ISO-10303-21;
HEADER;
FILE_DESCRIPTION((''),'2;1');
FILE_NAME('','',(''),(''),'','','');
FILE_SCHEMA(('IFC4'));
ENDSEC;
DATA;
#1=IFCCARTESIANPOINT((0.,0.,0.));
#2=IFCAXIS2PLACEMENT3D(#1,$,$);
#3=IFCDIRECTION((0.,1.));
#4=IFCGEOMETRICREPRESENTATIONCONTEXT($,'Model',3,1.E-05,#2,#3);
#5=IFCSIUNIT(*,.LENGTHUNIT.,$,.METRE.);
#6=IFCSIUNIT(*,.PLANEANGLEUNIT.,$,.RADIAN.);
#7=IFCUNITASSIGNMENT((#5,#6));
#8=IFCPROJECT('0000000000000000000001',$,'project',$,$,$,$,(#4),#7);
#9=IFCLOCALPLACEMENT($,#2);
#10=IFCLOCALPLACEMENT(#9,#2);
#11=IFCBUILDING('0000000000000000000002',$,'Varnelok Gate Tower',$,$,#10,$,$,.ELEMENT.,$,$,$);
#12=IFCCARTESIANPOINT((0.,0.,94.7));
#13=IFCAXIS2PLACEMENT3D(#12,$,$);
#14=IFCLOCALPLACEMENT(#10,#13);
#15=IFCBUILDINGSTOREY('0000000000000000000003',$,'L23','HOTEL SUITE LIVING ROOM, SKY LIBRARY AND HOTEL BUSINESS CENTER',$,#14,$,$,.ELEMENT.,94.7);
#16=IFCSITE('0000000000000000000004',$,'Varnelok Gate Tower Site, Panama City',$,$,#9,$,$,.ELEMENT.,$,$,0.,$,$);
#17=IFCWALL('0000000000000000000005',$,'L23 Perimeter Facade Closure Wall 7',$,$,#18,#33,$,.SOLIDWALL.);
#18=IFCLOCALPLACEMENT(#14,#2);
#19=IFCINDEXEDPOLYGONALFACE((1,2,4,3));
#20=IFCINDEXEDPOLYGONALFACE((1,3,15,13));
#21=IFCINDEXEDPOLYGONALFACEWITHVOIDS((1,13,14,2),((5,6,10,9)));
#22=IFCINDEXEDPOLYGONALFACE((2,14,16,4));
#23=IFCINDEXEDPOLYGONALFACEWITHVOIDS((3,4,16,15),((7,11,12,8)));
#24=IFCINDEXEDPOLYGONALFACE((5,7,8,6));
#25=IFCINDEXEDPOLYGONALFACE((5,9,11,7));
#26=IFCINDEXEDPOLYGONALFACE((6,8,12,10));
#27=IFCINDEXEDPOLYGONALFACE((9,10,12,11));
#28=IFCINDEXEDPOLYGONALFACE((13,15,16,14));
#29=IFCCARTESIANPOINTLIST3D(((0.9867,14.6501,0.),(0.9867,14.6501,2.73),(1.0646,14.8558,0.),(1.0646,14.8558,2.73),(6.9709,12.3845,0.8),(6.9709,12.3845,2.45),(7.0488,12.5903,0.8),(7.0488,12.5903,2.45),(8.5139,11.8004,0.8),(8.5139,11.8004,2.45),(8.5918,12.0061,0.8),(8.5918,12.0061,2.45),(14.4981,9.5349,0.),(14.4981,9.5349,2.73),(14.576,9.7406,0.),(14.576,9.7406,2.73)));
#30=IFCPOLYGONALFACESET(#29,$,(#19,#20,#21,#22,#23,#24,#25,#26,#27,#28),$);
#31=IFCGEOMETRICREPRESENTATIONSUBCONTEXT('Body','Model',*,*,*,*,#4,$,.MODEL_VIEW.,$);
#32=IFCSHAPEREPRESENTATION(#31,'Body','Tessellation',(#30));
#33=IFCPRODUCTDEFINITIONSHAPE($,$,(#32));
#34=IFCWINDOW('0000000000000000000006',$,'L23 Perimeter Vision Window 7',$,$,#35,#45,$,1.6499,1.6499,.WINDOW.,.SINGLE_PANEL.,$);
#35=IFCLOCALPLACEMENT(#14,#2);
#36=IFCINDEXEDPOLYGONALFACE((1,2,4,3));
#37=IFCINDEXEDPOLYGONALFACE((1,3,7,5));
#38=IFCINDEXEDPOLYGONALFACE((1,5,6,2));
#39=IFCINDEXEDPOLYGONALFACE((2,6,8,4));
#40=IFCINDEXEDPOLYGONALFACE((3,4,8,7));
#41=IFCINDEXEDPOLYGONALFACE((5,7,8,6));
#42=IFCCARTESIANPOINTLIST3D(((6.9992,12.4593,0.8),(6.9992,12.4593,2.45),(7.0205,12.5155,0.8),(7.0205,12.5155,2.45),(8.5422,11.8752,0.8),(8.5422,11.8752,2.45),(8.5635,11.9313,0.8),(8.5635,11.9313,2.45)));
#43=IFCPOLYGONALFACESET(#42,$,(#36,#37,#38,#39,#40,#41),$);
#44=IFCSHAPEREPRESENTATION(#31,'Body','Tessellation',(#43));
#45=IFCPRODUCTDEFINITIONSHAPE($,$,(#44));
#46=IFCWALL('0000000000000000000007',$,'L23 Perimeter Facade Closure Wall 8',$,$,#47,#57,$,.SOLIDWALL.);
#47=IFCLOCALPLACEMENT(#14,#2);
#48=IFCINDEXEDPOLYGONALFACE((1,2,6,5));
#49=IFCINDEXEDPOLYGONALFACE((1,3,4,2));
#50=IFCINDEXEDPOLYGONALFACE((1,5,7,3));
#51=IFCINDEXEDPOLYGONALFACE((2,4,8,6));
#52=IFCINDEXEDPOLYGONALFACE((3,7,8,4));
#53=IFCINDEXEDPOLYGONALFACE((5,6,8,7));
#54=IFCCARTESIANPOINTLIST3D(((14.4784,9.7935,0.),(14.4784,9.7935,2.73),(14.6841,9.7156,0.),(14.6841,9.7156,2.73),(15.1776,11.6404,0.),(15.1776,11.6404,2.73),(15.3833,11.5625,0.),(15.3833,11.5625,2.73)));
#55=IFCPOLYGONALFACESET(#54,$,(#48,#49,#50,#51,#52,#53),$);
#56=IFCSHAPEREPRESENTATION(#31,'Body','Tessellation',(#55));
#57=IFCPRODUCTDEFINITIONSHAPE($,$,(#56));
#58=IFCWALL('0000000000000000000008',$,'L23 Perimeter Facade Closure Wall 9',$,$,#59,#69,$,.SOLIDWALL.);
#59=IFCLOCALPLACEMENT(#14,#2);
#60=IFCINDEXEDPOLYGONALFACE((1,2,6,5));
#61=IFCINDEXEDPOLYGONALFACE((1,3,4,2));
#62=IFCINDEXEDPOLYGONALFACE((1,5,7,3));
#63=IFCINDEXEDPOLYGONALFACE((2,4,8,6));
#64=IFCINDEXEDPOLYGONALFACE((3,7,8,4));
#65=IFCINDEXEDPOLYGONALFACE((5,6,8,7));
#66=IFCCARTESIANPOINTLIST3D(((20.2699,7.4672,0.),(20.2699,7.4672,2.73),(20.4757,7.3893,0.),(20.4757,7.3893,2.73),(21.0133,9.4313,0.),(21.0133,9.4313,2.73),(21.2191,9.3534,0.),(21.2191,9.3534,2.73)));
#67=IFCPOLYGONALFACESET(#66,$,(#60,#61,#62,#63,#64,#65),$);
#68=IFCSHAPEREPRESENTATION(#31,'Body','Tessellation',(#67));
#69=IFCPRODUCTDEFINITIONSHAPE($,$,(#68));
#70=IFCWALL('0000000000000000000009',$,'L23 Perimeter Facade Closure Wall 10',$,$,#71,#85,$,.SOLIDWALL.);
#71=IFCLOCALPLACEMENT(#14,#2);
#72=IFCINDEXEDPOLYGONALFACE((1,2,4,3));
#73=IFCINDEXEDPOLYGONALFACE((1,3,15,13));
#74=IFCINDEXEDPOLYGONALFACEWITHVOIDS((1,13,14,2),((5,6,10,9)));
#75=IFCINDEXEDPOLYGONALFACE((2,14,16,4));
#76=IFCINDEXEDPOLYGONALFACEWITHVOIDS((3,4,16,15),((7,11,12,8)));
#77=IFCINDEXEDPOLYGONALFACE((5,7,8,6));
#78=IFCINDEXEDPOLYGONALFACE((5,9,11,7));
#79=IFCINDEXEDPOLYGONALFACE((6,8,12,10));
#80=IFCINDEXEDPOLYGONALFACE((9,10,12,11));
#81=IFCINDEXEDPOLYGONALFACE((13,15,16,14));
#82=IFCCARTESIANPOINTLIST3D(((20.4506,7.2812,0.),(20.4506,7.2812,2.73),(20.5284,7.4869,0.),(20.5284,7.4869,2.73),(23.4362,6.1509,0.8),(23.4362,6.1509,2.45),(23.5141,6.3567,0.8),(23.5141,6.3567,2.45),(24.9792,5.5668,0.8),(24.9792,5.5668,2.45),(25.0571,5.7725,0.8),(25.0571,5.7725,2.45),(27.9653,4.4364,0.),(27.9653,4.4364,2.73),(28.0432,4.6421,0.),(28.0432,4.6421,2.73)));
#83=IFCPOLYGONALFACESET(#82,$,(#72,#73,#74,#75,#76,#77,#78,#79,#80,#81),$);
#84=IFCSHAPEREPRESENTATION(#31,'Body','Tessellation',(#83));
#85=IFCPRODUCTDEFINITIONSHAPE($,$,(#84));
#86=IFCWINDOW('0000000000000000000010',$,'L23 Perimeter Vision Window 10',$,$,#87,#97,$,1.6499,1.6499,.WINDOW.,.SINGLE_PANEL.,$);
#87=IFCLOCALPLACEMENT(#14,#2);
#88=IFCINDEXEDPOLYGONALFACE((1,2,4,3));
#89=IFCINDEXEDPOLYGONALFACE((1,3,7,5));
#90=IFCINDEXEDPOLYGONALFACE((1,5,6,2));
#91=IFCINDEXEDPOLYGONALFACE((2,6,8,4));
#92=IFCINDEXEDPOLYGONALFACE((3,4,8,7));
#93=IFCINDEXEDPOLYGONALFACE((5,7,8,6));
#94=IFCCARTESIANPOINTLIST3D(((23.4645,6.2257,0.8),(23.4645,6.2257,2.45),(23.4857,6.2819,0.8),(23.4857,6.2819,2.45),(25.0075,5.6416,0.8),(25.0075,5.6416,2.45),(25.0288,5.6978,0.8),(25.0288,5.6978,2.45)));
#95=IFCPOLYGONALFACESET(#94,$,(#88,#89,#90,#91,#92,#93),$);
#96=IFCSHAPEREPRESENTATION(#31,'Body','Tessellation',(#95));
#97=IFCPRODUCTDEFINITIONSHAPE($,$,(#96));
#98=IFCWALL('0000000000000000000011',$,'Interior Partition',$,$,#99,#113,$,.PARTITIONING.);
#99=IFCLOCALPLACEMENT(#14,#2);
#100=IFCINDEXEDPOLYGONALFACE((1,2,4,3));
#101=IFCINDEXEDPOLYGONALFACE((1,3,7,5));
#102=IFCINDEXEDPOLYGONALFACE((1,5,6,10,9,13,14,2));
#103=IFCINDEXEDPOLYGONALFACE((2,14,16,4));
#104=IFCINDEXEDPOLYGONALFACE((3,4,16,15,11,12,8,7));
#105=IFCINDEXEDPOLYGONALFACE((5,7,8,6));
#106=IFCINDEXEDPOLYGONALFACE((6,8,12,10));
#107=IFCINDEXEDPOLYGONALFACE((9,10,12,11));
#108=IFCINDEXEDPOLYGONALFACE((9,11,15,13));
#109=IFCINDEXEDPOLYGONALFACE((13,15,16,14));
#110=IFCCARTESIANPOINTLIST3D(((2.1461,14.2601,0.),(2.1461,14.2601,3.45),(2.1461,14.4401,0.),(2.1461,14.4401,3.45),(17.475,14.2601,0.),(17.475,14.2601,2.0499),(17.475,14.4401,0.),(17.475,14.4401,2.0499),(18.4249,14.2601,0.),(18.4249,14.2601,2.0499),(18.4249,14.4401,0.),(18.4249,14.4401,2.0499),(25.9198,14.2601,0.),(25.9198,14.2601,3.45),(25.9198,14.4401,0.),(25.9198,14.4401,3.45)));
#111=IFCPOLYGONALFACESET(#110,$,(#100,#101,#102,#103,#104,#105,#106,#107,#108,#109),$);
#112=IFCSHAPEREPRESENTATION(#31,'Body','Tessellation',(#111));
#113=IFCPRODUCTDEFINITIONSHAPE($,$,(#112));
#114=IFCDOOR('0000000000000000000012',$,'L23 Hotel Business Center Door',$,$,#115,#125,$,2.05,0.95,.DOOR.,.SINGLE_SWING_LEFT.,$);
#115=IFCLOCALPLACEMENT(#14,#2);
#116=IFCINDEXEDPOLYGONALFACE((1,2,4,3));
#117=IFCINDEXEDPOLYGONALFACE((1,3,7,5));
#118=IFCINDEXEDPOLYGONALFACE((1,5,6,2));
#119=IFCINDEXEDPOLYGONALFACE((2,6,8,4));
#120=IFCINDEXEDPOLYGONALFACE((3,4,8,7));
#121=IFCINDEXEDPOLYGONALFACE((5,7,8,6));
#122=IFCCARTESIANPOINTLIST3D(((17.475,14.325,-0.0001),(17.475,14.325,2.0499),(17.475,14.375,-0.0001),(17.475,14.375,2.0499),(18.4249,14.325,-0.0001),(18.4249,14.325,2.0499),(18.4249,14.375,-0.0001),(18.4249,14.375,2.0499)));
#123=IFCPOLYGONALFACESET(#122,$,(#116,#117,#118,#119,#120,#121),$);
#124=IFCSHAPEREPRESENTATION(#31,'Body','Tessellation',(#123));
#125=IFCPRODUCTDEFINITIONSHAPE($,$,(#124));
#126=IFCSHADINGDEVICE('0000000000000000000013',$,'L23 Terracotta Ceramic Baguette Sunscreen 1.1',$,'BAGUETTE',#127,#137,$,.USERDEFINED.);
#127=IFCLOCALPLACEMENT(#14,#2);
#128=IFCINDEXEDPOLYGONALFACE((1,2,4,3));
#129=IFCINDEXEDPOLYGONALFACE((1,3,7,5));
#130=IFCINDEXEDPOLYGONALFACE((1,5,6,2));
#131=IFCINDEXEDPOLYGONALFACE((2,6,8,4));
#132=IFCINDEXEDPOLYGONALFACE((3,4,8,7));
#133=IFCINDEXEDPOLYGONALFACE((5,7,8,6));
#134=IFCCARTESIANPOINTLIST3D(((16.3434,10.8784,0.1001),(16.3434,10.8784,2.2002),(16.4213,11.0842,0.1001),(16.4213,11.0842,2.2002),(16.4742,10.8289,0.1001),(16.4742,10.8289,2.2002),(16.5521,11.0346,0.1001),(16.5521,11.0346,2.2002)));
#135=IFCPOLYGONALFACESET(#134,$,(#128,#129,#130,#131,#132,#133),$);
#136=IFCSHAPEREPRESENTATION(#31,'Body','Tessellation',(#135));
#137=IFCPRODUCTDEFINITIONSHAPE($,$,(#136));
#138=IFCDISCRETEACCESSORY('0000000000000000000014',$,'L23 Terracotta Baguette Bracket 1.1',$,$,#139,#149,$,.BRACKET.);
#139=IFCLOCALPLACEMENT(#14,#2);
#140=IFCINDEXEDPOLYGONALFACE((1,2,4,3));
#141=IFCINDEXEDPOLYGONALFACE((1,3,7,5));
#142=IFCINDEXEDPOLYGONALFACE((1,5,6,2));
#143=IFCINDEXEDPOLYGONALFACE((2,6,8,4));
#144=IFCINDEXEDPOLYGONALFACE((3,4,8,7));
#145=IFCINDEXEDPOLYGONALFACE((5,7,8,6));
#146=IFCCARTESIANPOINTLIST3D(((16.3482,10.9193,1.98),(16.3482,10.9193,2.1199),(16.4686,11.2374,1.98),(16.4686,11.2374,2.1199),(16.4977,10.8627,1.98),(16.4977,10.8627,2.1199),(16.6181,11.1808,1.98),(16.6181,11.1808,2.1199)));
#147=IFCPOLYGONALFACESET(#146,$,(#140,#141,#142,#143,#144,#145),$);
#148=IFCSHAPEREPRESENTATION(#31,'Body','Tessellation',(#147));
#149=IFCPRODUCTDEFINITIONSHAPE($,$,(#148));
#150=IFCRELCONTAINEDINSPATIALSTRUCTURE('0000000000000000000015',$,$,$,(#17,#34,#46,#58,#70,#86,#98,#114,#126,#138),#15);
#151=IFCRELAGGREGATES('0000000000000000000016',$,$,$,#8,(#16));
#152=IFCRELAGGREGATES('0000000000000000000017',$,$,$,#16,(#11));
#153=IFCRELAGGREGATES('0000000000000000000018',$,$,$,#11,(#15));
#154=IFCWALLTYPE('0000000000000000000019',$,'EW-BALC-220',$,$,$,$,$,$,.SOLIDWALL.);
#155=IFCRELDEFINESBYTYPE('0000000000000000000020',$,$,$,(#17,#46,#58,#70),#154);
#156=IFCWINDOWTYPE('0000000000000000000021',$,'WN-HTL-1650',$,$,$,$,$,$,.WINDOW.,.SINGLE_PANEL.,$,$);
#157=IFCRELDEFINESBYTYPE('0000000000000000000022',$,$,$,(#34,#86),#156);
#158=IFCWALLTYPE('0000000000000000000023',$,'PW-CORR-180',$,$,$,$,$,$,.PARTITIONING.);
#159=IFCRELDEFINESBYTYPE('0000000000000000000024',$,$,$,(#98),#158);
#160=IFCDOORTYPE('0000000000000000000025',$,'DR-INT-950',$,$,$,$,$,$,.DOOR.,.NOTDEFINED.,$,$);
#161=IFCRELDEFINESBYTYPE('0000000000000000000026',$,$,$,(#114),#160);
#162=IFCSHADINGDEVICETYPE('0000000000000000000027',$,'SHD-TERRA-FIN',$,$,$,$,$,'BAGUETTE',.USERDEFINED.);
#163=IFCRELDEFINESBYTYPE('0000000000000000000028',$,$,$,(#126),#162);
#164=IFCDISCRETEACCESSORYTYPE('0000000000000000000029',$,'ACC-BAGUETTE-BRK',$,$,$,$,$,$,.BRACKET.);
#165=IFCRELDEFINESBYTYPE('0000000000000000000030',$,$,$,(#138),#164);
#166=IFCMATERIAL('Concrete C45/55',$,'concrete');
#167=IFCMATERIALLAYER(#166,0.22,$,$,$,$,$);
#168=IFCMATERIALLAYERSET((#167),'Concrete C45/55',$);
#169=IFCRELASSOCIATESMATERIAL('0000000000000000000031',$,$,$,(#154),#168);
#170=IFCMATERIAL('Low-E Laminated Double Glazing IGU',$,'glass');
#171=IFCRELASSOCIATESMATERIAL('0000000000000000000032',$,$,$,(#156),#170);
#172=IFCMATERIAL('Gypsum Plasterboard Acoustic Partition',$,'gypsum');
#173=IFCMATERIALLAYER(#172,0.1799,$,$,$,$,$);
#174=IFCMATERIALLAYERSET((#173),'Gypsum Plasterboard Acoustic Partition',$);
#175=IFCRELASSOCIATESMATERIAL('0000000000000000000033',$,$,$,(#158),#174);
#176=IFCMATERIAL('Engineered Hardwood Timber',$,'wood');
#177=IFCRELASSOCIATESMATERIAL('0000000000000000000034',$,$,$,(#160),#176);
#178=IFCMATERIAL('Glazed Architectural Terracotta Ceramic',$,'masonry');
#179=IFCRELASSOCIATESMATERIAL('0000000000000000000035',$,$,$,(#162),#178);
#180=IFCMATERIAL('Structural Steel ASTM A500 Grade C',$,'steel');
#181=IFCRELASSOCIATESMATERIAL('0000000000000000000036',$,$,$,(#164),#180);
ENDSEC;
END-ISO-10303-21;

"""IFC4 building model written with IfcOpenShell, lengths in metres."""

from ifc_helpers import new_model, si_unit, direction, frame, frame_2d, origin, origin_2d, place, context, subcontext, project, spatial, rectangle, extrude, source, transform, mapped, material, layer, layer_set, type_object, element, fill, save


model = new_model("IFC4")

# Units and contexts
model_context = context("Model", 3, precision=1e-05, world=origin(), true_north=direction((0.0, 1.0)))
body_context = subcontext(model_context, "Body", "Model", "MODEL_VIEW")
ifc_project = project(units=[si_unit("LENGTHUNIT", "METRE"), si_unit("PLANEANGLEUNIT", "RADIAN")], contexts=[model_context])

# Site, building, storey
site_placement = place(None, origin())
site = spatial("IfcSite", under=ifc_project, at=site_placement, Name="Varnelok Gate Tower Site, Panama City", CompositionType="ELEMENT", RefElevation=0.0)
building_placement = place(site_placement, origin())
building = spatial("IfcBuilding", under=site, at=building_placement, Name="Varnelok Gate Tower", CompositionType="ELEMENT")
storey_placement = place(building_placement, frame((0.0, 0.0, 94.7)))
storey = spatial("IfcBuildingStorey", under=building, at=storey_placement, Name="L23", Description="HOTEL SUITE LIVING ROOM, SKY LIBRARY AND HOTEL BUSINESS CENTER", CompositionType="ELEMENT", Elevation=94.7)

# Shared definitions
ifc_material_1 = material(Name="Concrete C45/55", Category="concrete")

# Shared definitions
ifc_layer_1 = layer(ifc_material_1, 0.22)
ifc_layer_set_1 = layer_set([ifc_layer_1], Name="Concrete C45/55")
wall_type_1 = type_object("IfcWallType", Name="EW-BALC-220", PredefinedType="SOLIDWALL", material=ifc_layer_set_1)

# Wall, opening, window
wall_1_placement = place(storey_placement, frame((1.0256, 14.7529, 0.0), z_axis=(0.0, 0.0, 1.0), x_axis=(0.935222, -0.354061, 0.0)))
wall_1 = element("IfcWall", 1, at=wall_1_placement, inside=storey, type_object=wall_type_1, Name="L23 Perimeter Facade Closure Wall 7", PredefinedType="SOLIDWALL", context=body_context, shape_type="SweptSolid", body=[
    extrude(rectangle(XDim=14.4473, YDim=0.22, at=frame_2d((7.2236, 0.0))), origin(), (0.0, 0.0, 1.0), 2.73),
])
opening_1_placement = place(wall_1_placement, frame((6.3987, 0.0, 0.8)))
opening_1 = element("IfcOpeningElement", 2, at=opening_1_placement, cuts=wall_1, PredefinedType="OPENING", context=body_context, shape_type="SweptSolid", body=[
    extrude(rectangle(XDim=1.6499, YDim=1.6499, at=frame_2d((0.825, 0.825))), frame((0.0, 0.1199, 0.0), z_axis=(0.0, -1.0, 0.0), x_axis=(1.0, 0.0, 0.0)), (0.0, 0.0, 1.0), 0.24),
])
ifc_material_2 = material(Name="Low-E Laminated Double Glazing IGU", Category="glass")
window_type = type_object("IfcWindowType", Name="WN-HTL-1650", PartitioningType="SINGLE_PANEL", PredefinedType="WINDOW", material=ifc_material_2)
window_1_placement = place(opening_1_placement, origin())
window_1 = element("IfcWindow", 3, at=window_1_placement, inside=storey, type_object=window_type, Name="L23 Perimeter Vision Window 7", OverallHeight=1.6499, OverallWidth=1.6499, PartitioningType="SINGLE_PANEL", PredefinedType="WINDOW", context=body_context, shape_type="SweptSolid", body=[
    extrude(rectangle(XDim=1.6499, YDim=1.6499, at=frame_2d((0.825, 0.825))), frame((0.0, 0.03, 0.0), z_axis=(0.0, -1.0, 0.0), x_axis=(1.0, 0.0, 0.0)), (0.0, 0.0, 1.0), 0.0601),
])
fill(opening_1, window_1)

# Walls
wall_2_placement = place(storey_placement, frame((14.5813, 9.7546, 0.0), z_axis=(0.0, 0.0, 1.0), x_axis=(0.354062, 0.935222, 0.0)))
element("IfcWall", 4, at=wall_2_placement, inside=storey, type_object=wall_type_1, Name="L23 Perimeter Facade Closure Wall 8", PredefinedType="SOLIDWALL", context=body_context, shape_type="SweptSolid", body=[
    extrude(rectangle(XDim=1.9749, YDim=0.22, at=frame_2d((0.9873, 0.0))), origin(), (0.0, 0.0, 1.0), 2.73),
])
wall_3_placement = place(storey_placement, frame((21.1162, 9.3923, 0.0), z_axis=(0.0, 0.0, 1.0), x_axis=(-0.353988, -0.93525, 0.0)))
element("IfcWall", 5, at=wall_3_placement, inside=storey, type_object=wall_type_1, Name="L23 Perimeter Facade Closure Wall 9", PredefinedType="SOLIDWALL", context=body_context, shape_type="SweptSolid", body=[
    extrude(rectangle(XDim=2.1001, YDim=0.22, at=frame_2d((1.05, 0.0))), origin(), (0.0, 0.0, 1.0), 2.73),
])

# Wall, opening, window
wall_4_placement = place(storey_placement, frame((20.4895, 7.384, 0.0), z_axis=(0.0, 0.0, 1.0), x_axis=(0.935231, -0.354039, 0.0)))
wall_4 = element("IfcWall", 6, at=wall_4_placement, inside=storey, type_object=wall_type_1, Name="L23 Perimeter Facade Closure Wall 10", PredefinedType="SOLIDWALL", context=body_context, shape_type="SweptSolid", body=[
    extrude(rectangle(XDim=8.0352, YDim=0.22, at=frame_2d((4.0176, 0.0))), origin(), (0.0, 0.0, 1.0), 2.73),
])
opening_2_placement = place(wall_4_placement, frame((3.1924, 0.0, 0.8)))
opening_2 = element("IfcOpeningElement", 7, at=opening_2_placement, cuts=wall_4, PredefinedType="OPENING", context=body_context, shape_type="SweptSolid", body=[
    extrude(rectangle(XDim=1.6499, YDim=1.6499, at=frame_2d((0.825, 0.825))), frame((0.0, 0.1199, 0.0), z_axis=(0.0, -1.0, 0.0), x_axis=(1.0, 0.0, 0.0)), (0.0, 0.0, 1.0), 0.24),
])
window_2_placement = place(opening_2_placement, origin())
window_2 = element("IfcWindow", 8, at=window_2_placement, inside=storey, type_object=window_type, Name="L23 Perimeter Vision Window 10", OverallHeight=1.6499, OverallWidth=1.6499, PartitioningType="SINGLE_PANEL", PredefinedType="WINDOW", context=body_context, shape_type="SweptSolid", body=[
    extrude(rectangle(XDim=1.6499, YDim=1.6499, at=frame_2d((0.825, 0.825))), frame((0.0, 0.03, 0.0), z_axis=(0.0, -1.0, 0.0), x_axis=(1.0, 0.0, 0.0)), (0.0, 0.0, 1.0), 0.0601),
])
fill(opening_2, window_2)

# Wall, opening, door
ifc_material_3 = material(Name="Gypsum Plasterboard Acoustic Partition", Category="gypsum")
ifc_layer_2 = layer(ifc_material_3, 0.1799)
ifc_layer_set_2 = layer_set([ifc_layer_2], Name="Gypsum Plasterboard Acoustic Partition")
wall_type_2 = type_object("IfcWallType", Name="PW-CORR-180", PredefinedType="PARTITIONING", material=ifc_layer_set_2)
wall_5_placement = place(storey_placement, frame((2.1462, 14.3501, 0.0), z_axis=(0.0, 0.0, 1.0), x_axis=(1.0, 0.0, 0.0)))
wall_5 = element("IfcWall", 9, at=wall_5_placement, inside=storey, type_object=wall_type_2, Name="Interior Partition", PredefinedType="PARTITIONING", context=body_context, shape_type="SweptSolid", body=[
    extrude(rectangle(XDim=23.7737, YDim=0.1799, at=frame_2d((11.8867, 0.0))), origin(), (0.0, 0.0, 1.0), 3.45),
])
opening_3_placement = place(wall_5_placement, frame((15.3286, 0.0, 0.0)))
opening_3 = element("IfcOpeningElement", 10, at=opening_3_placement, cuts=wall_5, PredefinedType="OPENING", context=body_context, shape_type="SweptSolid", body=[
    extrude(rectangle(XDim=0.95, YDim=2.05, at=frame_2d((0.4751, 1.0249))), frame((0.0, 0.0999, 0.0), z_axis=(0.0, -1.0, 0.0), x_axis=(1.0, 0.0, 0.0)), (0.0, 0.0, 1.0), 0.2),
])
ifc_material_4 = material(Name="Engineered Hardwood Timber", Category="wood")
door_type_1 = type_object("IfcDoorType", Name="DR-INT-950", OperationType="NOTDEFINED", PredefinedType="DOOR", material=ifc_material_4)
door_1_placement = place(opening_3_placement, origin())
door_1 = element("IfcDoor", 11, at=door_1_placement, inside=storey, type_object=door_type_1, Name="L23 Hotel Business Center Door", OperationType="SINGLE_SWING_LEFT", OverallHeight=2.05, OverallWidth=0.95, PredefinedType="DOOR", context=body_context, shape_type="SweptSolid", body=[
    extrude(rectangle(XDim=0.95, YDim=2.05, at=frame_2d((0.4751, 1.0249))), frame((0.0, 0.0249, 0.0), z_axis=(0.0, -1.0, 0.0), x_axis=(1.0, 0.0, 0.0)), (0.0, 0.0, 1.0), 0.05),
])
fill(opening_3, door_1)

# Shading device
ifc_material_5 = material(Name="Glazed Architectural Terracotta Ceramic", Category="masonry")
shading_device_type = type_object("IfcShadingDeviceType", Name="SHD-TERRA-FIN", ElementType="BAGUETTE", PredefinedType="USERDEFINED", material=ifc_material_5)
shared_shape_1 = source(origin(), body_context, "Body", "SweptSolid", [
    extrude(rectangle(XDim=0.1399, YDim=0.22, at=origin_2d()), origin(), (0.0, 0.0, 1.0), 2.1001),
])
shading_device_placement = place(storey_placement, frame((16.4478, 10.9565, 0.1001), z_axis=(0.0, 0.0, 1.0), x_axis=(0.935222, -0.354063, 0.0)))
element("IfcShadingDevice", 12, at=shading_device_placement, inside=storey, type_object=shading_device_type, Name="L23 Terracotta Ceramic Baguette Sunscreen 1.1", ObjectType="BAGUETTE", PredefinedType="USERDEFINED", context=body_context, shape_type="MappedRepresentation", body=[
    mapped(shared_shape_1, transform((0.0, 0.0, 0.0), scale=1.0)),
])

# Discrete accessory
ifc_material_6 = material(Name="Structural Steel ASTM A500 Grade C", Category="steel")
discrete_accessory_type = type_object("IfcDiscreteAccessoryType", Name="ACC-BAGUETTE-BRK", PredefinedType="BRACKET", material=ifc_material_6)
shared_shape_2 = source(origin(), body_context, "Body", "SweptSolid", [
    extrude(rectangle(XDim=0.1599, YDim=0.3401, at=origin_2d()), origin(), (0.0, 0.0, 1.0), 0.1399),
])
discrete_accessory_placement = place(storey_placement, frame((16.4832, 11.05, 1.98), z_axis=(0.0, 0.0, 1.0), x_axis=(0.935222, -0.354063, 0.0)))
element("IfcDiscreteAccessory", 13, at=discrete_accessory_placement, inside=storey, type_object=discrete_accessory_type, Name="L23 Terracotta Baguette Bracket 1.1", PredefinedType="BRACKET", context=body_context, shape_type="MappedRepresentation", body=[
    mapped(shared_shape_2, transform((0.0, 0.0, 0.0), scale=1.0)),
])

save(model, "model.ifc")
